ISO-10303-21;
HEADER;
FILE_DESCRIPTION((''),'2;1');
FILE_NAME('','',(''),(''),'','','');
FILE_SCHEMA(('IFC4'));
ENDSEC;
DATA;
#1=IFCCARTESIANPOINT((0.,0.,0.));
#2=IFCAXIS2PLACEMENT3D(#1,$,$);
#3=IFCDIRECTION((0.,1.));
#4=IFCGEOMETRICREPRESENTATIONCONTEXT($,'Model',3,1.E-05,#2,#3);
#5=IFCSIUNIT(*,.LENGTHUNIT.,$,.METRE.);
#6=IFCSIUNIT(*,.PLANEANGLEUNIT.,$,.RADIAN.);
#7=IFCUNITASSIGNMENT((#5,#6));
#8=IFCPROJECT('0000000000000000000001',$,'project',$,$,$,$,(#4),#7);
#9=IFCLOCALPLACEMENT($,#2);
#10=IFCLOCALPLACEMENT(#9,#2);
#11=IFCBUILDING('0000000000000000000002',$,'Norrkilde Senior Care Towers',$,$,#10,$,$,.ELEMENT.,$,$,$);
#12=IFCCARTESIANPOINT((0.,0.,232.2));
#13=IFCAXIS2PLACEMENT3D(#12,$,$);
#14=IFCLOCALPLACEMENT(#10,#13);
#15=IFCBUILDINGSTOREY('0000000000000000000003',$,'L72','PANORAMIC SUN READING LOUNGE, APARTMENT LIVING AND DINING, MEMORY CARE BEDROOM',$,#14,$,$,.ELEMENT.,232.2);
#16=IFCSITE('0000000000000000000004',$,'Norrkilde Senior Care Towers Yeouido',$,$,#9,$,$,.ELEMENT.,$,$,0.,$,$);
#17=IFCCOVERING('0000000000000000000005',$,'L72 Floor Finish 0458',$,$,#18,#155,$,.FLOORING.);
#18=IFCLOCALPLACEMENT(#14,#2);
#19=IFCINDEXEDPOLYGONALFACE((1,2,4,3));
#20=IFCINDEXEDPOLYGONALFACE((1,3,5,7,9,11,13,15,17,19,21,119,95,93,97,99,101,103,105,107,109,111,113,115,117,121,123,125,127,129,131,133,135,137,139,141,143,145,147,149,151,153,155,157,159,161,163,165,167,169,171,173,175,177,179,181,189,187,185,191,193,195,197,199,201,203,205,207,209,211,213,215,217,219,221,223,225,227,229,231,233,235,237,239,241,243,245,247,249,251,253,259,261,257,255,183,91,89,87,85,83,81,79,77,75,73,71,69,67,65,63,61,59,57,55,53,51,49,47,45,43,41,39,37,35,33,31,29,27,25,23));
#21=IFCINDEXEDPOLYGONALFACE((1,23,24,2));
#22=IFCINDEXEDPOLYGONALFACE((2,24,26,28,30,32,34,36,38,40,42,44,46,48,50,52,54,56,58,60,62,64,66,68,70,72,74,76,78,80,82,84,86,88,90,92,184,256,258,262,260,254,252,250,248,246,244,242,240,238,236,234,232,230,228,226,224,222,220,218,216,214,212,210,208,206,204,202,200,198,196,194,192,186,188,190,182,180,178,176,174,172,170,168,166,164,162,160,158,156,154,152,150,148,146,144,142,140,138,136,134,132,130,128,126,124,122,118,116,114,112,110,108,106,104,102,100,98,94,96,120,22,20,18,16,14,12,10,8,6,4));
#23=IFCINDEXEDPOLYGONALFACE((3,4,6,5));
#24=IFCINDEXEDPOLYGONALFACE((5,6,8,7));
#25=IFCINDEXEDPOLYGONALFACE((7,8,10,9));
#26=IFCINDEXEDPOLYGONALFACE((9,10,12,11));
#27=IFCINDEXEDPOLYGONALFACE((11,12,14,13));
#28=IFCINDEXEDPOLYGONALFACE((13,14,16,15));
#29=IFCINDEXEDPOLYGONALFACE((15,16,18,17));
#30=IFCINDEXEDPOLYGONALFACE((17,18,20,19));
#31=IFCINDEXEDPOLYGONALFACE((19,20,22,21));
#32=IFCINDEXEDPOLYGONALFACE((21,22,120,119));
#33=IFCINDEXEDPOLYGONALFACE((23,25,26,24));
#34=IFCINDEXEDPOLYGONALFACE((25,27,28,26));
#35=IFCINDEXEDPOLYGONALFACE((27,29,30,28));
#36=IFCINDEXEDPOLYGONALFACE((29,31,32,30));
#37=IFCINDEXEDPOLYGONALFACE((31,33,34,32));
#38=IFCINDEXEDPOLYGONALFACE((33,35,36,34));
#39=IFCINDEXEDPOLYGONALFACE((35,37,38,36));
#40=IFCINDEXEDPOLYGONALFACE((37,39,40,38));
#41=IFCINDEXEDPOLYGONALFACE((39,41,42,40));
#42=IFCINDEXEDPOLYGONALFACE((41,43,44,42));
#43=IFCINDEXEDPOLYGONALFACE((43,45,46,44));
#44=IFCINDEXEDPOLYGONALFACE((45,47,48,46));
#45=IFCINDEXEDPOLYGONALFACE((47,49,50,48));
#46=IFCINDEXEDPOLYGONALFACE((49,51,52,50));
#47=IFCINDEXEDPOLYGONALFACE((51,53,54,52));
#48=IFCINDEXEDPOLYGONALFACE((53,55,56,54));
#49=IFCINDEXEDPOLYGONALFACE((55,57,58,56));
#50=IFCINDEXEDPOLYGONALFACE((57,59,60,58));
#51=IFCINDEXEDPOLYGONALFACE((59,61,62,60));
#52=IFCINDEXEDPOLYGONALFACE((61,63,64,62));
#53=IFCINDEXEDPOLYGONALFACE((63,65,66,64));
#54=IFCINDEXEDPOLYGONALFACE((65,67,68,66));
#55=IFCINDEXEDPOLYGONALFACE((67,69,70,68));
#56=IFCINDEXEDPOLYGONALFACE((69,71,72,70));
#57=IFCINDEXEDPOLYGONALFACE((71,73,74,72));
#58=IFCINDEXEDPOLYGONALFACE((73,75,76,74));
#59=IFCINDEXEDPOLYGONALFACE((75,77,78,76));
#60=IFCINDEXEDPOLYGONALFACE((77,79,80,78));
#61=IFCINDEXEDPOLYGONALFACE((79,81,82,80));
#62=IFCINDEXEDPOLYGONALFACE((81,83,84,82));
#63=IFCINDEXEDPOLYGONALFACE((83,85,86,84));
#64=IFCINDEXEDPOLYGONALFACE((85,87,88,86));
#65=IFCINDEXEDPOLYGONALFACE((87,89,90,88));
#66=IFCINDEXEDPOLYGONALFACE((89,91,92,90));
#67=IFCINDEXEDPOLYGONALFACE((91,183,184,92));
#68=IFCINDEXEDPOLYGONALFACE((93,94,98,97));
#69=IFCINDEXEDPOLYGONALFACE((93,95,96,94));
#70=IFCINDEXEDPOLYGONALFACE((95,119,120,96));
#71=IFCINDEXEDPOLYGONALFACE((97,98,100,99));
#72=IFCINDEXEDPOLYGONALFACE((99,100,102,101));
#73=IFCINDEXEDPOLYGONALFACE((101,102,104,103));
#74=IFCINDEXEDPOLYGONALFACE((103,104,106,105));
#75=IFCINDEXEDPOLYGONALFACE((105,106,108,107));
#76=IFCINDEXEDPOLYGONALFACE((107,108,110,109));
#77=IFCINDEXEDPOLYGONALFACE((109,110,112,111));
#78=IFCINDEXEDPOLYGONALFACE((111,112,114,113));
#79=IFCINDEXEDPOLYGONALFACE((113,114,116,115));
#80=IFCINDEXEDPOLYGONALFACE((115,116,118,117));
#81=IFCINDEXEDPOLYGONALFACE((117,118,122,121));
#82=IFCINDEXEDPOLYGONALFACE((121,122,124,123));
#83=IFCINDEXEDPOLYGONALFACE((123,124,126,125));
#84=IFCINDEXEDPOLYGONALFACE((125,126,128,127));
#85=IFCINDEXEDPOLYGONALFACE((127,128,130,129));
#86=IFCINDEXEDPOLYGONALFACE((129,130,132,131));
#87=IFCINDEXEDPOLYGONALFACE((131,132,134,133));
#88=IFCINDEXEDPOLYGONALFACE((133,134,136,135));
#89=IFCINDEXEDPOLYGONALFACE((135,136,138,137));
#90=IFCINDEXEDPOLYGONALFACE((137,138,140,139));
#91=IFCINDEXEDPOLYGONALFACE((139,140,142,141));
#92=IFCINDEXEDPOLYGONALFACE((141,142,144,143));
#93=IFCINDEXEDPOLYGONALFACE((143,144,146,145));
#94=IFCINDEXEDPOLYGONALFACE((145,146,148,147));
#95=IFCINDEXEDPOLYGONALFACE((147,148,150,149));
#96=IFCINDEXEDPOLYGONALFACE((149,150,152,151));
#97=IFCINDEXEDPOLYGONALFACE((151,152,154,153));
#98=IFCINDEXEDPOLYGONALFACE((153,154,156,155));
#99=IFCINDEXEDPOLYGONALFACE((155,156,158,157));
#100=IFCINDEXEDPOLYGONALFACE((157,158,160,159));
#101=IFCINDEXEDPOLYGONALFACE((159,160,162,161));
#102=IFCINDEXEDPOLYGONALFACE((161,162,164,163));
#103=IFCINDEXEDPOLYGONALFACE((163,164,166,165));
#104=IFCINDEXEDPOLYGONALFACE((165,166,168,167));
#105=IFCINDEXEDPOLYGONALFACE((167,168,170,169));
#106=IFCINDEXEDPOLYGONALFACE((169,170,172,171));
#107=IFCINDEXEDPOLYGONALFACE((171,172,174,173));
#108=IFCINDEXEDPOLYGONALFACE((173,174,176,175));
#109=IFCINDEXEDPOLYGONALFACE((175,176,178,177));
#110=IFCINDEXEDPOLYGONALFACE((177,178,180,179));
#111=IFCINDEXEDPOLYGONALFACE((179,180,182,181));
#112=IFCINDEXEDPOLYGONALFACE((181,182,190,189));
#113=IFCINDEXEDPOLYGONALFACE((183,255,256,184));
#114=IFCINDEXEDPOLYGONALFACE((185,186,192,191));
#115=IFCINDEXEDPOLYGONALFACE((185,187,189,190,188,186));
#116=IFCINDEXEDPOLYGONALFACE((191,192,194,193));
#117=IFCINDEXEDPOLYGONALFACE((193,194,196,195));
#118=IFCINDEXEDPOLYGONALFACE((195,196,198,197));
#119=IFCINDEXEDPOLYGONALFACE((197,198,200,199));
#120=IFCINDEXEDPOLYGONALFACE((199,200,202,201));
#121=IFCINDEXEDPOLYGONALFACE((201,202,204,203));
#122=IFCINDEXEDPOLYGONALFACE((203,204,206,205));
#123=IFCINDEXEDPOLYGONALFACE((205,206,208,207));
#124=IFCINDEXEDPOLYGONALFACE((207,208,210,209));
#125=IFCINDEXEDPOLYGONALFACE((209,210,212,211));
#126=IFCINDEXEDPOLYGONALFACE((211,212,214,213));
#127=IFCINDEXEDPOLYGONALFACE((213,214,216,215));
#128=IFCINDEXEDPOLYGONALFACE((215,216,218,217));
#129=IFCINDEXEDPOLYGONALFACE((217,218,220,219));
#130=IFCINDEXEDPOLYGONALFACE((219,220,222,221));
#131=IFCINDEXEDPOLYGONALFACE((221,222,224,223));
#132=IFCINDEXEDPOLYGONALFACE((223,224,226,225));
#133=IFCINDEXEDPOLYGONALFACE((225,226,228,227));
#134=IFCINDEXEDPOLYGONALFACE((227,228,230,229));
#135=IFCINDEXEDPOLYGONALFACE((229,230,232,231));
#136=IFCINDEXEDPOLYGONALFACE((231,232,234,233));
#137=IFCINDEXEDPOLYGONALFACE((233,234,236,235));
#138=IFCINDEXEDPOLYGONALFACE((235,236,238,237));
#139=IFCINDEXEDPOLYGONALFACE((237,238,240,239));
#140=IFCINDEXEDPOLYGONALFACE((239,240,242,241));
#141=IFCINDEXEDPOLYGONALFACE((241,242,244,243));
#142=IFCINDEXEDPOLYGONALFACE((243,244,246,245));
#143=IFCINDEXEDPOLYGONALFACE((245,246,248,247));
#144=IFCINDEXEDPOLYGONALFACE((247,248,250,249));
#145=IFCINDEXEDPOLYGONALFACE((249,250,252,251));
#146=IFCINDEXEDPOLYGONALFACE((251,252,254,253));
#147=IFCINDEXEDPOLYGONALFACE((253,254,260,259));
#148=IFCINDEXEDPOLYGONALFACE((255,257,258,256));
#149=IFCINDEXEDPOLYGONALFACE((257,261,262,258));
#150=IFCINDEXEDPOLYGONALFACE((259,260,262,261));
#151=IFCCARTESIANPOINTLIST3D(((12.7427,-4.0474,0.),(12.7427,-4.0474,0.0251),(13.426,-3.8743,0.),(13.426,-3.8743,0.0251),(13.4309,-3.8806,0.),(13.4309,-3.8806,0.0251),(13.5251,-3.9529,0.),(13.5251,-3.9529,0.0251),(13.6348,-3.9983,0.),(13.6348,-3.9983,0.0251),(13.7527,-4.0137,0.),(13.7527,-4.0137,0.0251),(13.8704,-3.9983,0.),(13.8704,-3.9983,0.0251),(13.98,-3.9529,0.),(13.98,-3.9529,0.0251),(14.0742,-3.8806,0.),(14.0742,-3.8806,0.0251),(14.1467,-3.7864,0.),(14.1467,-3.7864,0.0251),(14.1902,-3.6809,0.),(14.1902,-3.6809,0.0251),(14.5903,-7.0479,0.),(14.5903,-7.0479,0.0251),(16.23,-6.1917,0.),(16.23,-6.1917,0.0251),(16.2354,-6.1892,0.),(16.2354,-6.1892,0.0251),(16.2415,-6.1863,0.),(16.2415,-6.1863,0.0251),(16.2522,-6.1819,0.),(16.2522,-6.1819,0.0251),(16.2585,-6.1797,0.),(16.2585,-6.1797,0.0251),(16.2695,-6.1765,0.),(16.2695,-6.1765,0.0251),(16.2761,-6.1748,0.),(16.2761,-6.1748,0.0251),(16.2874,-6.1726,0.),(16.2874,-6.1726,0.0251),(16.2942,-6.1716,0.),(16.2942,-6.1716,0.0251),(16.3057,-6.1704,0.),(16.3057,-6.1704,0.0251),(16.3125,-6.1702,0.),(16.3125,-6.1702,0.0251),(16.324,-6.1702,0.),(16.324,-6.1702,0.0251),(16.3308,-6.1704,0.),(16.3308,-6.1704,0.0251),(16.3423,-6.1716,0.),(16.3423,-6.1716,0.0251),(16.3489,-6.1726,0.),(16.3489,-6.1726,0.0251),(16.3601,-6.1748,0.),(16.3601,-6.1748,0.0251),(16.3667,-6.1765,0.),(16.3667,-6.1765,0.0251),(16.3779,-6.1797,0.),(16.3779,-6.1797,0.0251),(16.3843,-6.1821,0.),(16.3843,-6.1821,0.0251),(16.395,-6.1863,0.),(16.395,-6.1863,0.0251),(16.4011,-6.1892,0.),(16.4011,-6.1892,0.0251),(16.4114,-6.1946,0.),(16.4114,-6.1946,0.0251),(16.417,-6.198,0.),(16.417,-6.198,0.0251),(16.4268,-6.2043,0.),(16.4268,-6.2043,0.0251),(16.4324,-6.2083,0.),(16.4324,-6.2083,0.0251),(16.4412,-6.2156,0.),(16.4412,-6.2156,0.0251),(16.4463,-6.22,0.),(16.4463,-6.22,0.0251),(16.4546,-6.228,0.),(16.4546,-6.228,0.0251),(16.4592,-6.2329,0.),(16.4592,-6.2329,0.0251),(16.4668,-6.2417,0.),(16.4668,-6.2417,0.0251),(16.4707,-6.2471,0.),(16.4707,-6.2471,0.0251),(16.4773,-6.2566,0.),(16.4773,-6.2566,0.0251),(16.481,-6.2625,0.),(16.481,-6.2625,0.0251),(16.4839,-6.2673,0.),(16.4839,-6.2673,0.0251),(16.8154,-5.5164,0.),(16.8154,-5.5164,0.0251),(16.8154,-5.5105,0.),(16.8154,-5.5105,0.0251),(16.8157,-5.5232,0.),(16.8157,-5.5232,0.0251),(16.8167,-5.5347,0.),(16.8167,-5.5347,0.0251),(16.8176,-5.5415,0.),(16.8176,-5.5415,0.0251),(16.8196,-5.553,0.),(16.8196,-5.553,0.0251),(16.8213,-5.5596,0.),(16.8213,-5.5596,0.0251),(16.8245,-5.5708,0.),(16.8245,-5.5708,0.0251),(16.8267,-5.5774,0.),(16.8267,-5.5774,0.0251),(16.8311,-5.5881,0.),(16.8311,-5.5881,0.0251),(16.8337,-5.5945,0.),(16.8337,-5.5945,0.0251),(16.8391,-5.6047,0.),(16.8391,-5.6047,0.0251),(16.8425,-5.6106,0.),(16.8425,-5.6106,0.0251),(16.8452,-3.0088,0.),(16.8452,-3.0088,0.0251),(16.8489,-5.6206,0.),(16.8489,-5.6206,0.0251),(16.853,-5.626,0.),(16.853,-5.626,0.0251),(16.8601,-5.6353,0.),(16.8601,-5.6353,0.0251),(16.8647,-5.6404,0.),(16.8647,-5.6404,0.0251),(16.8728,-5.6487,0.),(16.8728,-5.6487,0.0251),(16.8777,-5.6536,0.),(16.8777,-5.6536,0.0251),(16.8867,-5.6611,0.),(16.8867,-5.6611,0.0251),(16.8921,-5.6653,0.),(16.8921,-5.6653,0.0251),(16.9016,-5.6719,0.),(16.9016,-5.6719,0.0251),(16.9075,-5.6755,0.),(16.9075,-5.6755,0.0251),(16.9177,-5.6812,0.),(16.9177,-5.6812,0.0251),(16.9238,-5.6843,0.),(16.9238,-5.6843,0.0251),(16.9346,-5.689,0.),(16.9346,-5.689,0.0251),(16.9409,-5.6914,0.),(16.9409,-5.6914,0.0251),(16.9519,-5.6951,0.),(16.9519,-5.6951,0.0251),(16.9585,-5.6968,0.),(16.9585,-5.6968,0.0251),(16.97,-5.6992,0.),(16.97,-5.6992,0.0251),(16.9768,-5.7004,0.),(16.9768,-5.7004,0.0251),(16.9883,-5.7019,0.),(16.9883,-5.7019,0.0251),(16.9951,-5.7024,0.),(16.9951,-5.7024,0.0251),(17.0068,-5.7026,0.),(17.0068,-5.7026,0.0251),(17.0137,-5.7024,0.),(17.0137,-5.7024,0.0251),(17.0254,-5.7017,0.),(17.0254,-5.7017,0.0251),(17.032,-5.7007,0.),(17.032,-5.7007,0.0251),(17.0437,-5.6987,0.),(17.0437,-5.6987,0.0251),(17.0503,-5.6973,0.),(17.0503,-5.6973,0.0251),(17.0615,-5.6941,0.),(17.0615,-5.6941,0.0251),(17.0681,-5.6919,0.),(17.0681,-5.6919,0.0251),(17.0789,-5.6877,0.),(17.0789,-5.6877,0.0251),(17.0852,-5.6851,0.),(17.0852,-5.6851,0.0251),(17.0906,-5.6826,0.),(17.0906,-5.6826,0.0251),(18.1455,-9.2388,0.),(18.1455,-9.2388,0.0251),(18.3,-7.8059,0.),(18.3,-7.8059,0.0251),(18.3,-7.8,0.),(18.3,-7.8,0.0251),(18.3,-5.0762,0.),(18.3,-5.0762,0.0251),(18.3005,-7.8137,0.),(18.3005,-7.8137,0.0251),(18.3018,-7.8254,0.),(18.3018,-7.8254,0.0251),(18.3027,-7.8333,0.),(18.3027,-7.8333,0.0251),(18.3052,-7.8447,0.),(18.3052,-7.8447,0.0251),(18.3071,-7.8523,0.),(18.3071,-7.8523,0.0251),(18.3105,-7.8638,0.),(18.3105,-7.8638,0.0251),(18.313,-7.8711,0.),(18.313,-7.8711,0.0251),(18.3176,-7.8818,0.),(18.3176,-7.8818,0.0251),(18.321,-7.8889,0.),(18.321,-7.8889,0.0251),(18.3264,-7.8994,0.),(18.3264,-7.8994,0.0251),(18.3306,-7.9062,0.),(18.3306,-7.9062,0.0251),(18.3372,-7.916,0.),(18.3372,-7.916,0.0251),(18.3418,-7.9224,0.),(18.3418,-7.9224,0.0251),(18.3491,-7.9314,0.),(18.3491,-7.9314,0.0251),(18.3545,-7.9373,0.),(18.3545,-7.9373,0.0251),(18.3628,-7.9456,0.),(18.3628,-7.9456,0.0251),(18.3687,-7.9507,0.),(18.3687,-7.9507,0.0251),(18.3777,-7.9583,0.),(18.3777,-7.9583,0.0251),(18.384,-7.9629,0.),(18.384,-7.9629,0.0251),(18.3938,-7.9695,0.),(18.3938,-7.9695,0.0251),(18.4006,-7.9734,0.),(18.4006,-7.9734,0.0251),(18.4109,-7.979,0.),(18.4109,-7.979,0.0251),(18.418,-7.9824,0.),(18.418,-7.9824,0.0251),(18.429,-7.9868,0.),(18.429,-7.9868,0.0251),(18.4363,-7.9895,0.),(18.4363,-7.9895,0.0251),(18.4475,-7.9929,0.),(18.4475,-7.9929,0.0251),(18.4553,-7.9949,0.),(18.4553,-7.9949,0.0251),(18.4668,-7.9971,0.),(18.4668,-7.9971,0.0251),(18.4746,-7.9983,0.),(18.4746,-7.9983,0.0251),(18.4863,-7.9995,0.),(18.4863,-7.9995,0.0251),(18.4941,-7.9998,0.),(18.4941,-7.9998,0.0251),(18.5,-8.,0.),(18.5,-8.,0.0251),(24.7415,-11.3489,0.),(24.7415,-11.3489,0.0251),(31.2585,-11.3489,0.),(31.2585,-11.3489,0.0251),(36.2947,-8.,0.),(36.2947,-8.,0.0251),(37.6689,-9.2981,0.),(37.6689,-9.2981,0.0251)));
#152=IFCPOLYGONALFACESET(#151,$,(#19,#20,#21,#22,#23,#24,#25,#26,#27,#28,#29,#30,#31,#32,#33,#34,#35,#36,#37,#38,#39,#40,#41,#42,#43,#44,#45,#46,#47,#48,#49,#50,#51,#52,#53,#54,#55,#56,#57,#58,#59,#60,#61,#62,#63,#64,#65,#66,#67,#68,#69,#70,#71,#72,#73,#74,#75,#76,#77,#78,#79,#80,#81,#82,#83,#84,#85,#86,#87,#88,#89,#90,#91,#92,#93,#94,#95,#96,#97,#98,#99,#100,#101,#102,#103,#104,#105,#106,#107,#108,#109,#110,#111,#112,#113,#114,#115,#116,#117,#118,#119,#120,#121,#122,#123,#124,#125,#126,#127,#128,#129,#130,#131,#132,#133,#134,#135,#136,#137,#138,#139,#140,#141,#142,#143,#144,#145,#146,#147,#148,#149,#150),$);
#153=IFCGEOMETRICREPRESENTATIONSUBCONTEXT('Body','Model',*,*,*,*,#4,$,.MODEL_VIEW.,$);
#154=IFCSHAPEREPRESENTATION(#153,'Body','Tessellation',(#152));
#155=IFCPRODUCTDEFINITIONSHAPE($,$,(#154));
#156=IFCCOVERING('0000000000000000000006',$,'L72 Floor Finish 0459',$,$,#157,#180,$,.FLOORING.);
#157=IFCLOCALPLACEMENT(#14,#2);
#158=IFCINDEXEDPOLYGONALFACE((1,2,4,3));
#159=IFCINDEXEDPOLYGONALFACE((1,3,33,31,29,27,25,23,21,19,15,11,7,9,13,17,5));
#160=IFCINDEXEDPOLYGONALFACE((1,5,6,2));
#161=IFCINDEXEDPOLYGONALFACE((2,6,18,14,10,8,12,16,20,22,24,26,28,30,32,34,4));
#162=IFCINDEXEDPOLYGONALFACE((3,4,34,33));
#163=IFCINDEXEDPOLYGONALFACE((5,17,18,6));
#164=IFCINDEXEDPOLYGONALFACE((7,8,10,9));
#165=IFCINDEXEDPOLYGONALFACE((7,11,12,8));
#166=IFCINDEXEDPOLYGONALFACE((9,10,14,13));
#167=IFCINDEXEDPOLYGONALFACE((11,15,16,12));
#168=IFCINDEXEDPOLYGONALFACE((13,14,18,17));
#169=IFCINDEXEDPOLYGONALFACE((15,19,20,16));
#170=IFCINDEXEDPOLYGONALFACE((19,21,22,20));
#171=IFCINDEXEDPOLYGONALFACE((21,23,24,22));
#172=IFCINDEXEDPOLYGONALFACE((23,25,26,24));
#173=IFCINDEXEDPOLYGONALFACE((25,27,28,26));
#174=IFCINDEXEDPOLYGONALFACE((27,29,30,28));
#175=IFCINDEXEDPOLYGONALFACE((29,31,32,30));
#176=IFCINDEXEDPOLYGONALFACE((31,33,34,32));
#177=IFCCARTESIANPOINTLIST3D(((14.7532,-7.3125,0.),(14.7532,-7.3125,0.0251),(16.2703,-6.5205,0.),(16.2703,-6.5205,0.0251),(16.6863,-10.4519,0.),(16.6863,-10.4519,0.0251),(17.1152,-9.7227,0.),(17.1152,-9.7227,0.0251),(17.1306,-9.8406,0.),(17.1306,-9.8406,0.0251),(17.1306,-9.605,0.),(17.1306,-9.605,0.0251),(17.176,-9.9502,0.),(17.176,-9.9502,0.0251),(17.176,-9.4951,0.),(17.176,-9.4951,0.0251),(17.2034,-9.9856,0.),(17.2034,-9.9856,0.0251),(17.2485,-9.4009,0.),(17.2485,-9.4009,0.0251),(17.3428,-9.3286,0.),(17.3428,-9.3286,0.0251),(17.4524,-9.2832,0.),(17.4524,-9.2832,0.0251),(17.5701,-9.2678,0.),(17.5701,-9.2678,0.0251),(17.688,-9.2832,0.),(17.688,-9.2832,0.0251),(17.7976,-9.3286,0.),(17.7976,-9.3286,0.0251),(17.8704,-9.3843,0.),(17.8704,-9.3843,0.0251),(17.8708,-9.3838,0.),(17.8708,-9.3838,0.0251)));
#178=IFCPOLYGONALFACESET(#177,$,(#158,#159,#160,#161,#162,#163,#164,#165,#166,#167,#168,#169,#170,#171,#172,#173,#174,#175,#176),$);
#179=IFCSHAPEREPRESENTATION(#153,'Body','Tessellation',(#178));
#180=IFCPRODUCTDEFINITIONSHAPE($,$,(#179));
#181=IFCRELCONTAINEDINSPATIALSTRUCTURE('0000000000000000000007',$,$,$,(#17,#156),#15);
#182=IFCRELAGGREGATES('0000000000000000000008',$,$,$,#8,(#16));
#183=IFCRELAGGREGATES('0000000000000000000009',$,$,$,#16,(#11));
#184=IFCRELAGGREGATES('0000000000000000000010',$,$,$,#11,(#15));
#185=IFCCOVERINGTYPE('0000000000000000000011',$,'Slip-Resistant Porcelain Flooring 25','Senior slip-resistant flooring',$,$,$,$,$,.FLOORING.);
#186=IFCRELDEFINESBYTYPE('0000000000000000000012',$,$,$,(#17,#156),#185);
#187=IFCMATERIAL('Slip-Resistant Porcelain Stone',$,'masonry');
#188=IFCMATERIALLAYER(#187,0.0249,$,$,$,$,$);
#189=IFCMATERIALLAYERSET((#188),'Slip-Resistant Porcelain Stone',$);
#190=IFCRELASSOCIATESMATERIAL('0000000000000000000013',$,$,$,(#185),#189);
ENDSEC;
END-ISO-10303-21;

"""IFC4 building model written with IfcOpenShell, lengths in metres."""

from ifc_helpers import new_model, si_unit, direction, frame, origin, place, context, subcontext, project, spatial, polyline, outline, extrude, material, layer, layer_set, type_object, element, save


model = new_model("IFC4")

# Units and contexts
model_context = context("Model", 3, precision=1e-05, world=origin(), true_north=direction((0.0, 1.0)))
body_context = subcontext(model_context, "Body", "Model", "MODEL_VIEW")
ifc_project = project(units=[si_unit("LENGTHUNIT", "METRE"), si_unit("PLANEANGLEUNIT", "RADIAN")], contexts=[model_context])

# Site, building, storey
site_placement = place(None, origin())
site = spatial("IfcSite", under=ifc_project, at=site_placement, Name="Norrkilde Senior Care Towers Yeouido", CompositionType="ELEMENT", RefElevation=0.0)
building_placement = place(site_placement, origin())
building = spatial("IfcBuilding", under=site, at=building_placement, Name="Norrkilde Senior Care Towers", CompositionType="ELEMENT")
storey_placement = place(building_placement, frame((0.0, 0.0, 232.2)))
storey = spatial("IfcBuildingStorey", under=building, at=storey_placement, Name="L72", Description="PANORAMIC SUN READING LOUNGE, APARTMENT LIVING AND DINING, MEMORY CARE BEDROOM", CompositionType="ELEMENT", Elevation=232.2)

# Coverings
ifc_material_1 = material(Name="Slip-Resistant Porcelain Stone", Category="masonry")
ifc_layer_1 = layer(ifc_material_1, 0.0249)
ifc_layer_set_1 = layer_set([ifc_layer_1], Name="Slip-Resistant Porcelain Stone")
covering_type_1 = type_object("IfcCoveringType", Name="Slip-Resistant Porcelain Flooring 25", Description="Senior slip-resistant flooring", PredefinedType="FLOORING", material=ifc_layer_set_1)
covering_1_placement = place(storey_placement, origin())
element("IfcCovering", 1, at=covering_1_placement, inside=storey, type_object=covering_type_1, Name="L72 Floor Finish 0458", PredefinedType="FLOORING", context=body_context, shape_type="SweptSolid", body=[
    extrude(outline(polyline([(16.8176, -5.5415), (16.8196, -5.553), (16.8213, -5.5596), (16.8245, -5.5708), (16.8267, -5.5774), (16.8311, -5.5881), (16.8337, -5.5945), (16.8391, -5.6047), (16.8425, -5.6106), (16.8489, -5.6206), (16.853, -5.626), (16.8601, -5.6353), (16.8647, -5.6404), (16.8728, -5.6487), (16.8777, -5.6536), (16.8867, -5.6611), (16.8921, -5.6653), (16.9016, -5.6719), (16.9075, -5.6755), (16.9177, -5.6812), (16.9238, -5.6843), (16.9346, -5.689), (16.9409, -5.6914), (16.9519, -5.6951), (16.9585, -5.6968), (16.97, -5.6992), (16.9768, -5.7004), (16.9883, -5.7019), (16.9951, -5.7024), (17.0068, -5.7026), (17.0137, -5.7024), (17.0254, -5.7017), (17.032, -5.7007), (17.0437, -5.6987), (17.0503, -5.6973), (17.0615, -5.6941), (17.0681, -5.6919), (17.0789, -5.6877), (17.0852, -5.6851), (17.0906, -5.6826), (18.3, -5.0762), (18.3, -7.8), (18.3, -7.8059), (18.3005, -7.8137), (18.3018, -7.8254), (18.3027, -7.8333), (18.3052, -7.8447), (18.3071, -7.8523), (18.3105, -7.8638), (18.313, -7.8711), (18.3176, -7.8818), (18.321, -7.8889), (18.3264, -7.8994), (18.3306, -7.9062), (18.3372, -7.916), (18.3418, -7.9224), (18.3491, -7.9314), (18.3545, -7.9373), (18.3628, -7.9456), (18.3687, -7.9507), (18.3777, -7.9583), (18.384, -7.9629), (18.3938, -7.9695), (18.4006, -7.9734), (18.4109, -7.979), (18.418, -7.9824), (18.429, -7.9868), (18.4363, -7.9895), (18.4475, -7.9929), (18.4553, -7.9949), (18.4668, -7.9971), (18.4746, -7.9983), (18.4863, -7.9995), (18.4941, -7.9998), (18.5, -8.0), (36.2947, -8.0), (37.6689, -9.2981), (31.2585, -11.3489), (24.7415, -11.3489), (18.1455, -9.2388), (16.4839, -6.2673), (16.481, -6.2625), (16.4773, -6.2566), (16.4707, -6.2471), (16.4668, -6.2417), (16.4592, -6.2329), (16.4546, -6.228), (16.4463, -6.22), (16.4412, -6.2156), (16.4324, -6.2083), (16.4268, -6.2043), (16.417, -6.198), (16.4114, -6.1946), (16.4011, -6.1892), (16.395, -6.1863), (16.3843, -6.1821), (16.3779, -6.1797), (16.3667, -6.1765), (16.3601, -6.1748), (16.3489, -6.1726), (16.3423, -6.1716), (16.3308, -6.1704), (16.324, -6.1702), (16.3125, -6.1702), (16.3057, -6.1704), (16.2942, -6.1716), (16.2874, -6.1726), (16.2761, -6.1748), (16.2695, -6.1765), (16.2585, -6.1797), (16.2522, -6.1819), (16.2415, -6.1863), (16.2354, -6.1892), (16.23, -6.1917), (14.5903, -7.0479), (12.7427, -4.0474), (13.426, -3.8743), (13.4309, -3.8806), (13.5251, -3.9529), (13.6348, -3.9983), (13.7527, -4.0137), (13.8704, -3.9983), (13.98, -3.9529), (14.0742, -3.8806), (14.1467, -3.7864), (14.1902, -3.6809), (16.8452, -3.0088), (16.8154, -5.5105), (16.8154, -5.5164), (16.8157, -5.5232), (16.8167, -5.5347), (16.8176, -5.5415)])), origin(), (0.0, 0.0, 1.0), 0.0251),
])
covering_2_placement = place(storey_placement, origin())
element("IfcCovering", 2, at=covering_2_placement, inside=storey, type_object=covering_type_1, Name="L72 Floor Finish 0459", PredefinedType="FLOORING", context=body_context, shape_type="SweptSolid", body=[
    extrude(outline(polyline([(17.8704, -9.3843), (17.7976, -9.3286), (17.688, -9.2832), (17.5701, -9.2678), (17.4524, -9.2832), (17.3428, -9.3286), (17.2485, -9.4009), (17.176, -9.4951), (17.1306, -9.605), (17.1152, -9.7227), (17.1306, -9.8406), (17.176, -9.9502), (17.2034, -9.9856), (16.6863, -10.4519), (14.7532, -7.3125), (16.2703, -6.5205), (17.8708, -9.3838), (17.8704, -9.3843)])), origin(), (0.0, 0.0, 1.0), 0.0251),
])

save(model, "model.ifc")
